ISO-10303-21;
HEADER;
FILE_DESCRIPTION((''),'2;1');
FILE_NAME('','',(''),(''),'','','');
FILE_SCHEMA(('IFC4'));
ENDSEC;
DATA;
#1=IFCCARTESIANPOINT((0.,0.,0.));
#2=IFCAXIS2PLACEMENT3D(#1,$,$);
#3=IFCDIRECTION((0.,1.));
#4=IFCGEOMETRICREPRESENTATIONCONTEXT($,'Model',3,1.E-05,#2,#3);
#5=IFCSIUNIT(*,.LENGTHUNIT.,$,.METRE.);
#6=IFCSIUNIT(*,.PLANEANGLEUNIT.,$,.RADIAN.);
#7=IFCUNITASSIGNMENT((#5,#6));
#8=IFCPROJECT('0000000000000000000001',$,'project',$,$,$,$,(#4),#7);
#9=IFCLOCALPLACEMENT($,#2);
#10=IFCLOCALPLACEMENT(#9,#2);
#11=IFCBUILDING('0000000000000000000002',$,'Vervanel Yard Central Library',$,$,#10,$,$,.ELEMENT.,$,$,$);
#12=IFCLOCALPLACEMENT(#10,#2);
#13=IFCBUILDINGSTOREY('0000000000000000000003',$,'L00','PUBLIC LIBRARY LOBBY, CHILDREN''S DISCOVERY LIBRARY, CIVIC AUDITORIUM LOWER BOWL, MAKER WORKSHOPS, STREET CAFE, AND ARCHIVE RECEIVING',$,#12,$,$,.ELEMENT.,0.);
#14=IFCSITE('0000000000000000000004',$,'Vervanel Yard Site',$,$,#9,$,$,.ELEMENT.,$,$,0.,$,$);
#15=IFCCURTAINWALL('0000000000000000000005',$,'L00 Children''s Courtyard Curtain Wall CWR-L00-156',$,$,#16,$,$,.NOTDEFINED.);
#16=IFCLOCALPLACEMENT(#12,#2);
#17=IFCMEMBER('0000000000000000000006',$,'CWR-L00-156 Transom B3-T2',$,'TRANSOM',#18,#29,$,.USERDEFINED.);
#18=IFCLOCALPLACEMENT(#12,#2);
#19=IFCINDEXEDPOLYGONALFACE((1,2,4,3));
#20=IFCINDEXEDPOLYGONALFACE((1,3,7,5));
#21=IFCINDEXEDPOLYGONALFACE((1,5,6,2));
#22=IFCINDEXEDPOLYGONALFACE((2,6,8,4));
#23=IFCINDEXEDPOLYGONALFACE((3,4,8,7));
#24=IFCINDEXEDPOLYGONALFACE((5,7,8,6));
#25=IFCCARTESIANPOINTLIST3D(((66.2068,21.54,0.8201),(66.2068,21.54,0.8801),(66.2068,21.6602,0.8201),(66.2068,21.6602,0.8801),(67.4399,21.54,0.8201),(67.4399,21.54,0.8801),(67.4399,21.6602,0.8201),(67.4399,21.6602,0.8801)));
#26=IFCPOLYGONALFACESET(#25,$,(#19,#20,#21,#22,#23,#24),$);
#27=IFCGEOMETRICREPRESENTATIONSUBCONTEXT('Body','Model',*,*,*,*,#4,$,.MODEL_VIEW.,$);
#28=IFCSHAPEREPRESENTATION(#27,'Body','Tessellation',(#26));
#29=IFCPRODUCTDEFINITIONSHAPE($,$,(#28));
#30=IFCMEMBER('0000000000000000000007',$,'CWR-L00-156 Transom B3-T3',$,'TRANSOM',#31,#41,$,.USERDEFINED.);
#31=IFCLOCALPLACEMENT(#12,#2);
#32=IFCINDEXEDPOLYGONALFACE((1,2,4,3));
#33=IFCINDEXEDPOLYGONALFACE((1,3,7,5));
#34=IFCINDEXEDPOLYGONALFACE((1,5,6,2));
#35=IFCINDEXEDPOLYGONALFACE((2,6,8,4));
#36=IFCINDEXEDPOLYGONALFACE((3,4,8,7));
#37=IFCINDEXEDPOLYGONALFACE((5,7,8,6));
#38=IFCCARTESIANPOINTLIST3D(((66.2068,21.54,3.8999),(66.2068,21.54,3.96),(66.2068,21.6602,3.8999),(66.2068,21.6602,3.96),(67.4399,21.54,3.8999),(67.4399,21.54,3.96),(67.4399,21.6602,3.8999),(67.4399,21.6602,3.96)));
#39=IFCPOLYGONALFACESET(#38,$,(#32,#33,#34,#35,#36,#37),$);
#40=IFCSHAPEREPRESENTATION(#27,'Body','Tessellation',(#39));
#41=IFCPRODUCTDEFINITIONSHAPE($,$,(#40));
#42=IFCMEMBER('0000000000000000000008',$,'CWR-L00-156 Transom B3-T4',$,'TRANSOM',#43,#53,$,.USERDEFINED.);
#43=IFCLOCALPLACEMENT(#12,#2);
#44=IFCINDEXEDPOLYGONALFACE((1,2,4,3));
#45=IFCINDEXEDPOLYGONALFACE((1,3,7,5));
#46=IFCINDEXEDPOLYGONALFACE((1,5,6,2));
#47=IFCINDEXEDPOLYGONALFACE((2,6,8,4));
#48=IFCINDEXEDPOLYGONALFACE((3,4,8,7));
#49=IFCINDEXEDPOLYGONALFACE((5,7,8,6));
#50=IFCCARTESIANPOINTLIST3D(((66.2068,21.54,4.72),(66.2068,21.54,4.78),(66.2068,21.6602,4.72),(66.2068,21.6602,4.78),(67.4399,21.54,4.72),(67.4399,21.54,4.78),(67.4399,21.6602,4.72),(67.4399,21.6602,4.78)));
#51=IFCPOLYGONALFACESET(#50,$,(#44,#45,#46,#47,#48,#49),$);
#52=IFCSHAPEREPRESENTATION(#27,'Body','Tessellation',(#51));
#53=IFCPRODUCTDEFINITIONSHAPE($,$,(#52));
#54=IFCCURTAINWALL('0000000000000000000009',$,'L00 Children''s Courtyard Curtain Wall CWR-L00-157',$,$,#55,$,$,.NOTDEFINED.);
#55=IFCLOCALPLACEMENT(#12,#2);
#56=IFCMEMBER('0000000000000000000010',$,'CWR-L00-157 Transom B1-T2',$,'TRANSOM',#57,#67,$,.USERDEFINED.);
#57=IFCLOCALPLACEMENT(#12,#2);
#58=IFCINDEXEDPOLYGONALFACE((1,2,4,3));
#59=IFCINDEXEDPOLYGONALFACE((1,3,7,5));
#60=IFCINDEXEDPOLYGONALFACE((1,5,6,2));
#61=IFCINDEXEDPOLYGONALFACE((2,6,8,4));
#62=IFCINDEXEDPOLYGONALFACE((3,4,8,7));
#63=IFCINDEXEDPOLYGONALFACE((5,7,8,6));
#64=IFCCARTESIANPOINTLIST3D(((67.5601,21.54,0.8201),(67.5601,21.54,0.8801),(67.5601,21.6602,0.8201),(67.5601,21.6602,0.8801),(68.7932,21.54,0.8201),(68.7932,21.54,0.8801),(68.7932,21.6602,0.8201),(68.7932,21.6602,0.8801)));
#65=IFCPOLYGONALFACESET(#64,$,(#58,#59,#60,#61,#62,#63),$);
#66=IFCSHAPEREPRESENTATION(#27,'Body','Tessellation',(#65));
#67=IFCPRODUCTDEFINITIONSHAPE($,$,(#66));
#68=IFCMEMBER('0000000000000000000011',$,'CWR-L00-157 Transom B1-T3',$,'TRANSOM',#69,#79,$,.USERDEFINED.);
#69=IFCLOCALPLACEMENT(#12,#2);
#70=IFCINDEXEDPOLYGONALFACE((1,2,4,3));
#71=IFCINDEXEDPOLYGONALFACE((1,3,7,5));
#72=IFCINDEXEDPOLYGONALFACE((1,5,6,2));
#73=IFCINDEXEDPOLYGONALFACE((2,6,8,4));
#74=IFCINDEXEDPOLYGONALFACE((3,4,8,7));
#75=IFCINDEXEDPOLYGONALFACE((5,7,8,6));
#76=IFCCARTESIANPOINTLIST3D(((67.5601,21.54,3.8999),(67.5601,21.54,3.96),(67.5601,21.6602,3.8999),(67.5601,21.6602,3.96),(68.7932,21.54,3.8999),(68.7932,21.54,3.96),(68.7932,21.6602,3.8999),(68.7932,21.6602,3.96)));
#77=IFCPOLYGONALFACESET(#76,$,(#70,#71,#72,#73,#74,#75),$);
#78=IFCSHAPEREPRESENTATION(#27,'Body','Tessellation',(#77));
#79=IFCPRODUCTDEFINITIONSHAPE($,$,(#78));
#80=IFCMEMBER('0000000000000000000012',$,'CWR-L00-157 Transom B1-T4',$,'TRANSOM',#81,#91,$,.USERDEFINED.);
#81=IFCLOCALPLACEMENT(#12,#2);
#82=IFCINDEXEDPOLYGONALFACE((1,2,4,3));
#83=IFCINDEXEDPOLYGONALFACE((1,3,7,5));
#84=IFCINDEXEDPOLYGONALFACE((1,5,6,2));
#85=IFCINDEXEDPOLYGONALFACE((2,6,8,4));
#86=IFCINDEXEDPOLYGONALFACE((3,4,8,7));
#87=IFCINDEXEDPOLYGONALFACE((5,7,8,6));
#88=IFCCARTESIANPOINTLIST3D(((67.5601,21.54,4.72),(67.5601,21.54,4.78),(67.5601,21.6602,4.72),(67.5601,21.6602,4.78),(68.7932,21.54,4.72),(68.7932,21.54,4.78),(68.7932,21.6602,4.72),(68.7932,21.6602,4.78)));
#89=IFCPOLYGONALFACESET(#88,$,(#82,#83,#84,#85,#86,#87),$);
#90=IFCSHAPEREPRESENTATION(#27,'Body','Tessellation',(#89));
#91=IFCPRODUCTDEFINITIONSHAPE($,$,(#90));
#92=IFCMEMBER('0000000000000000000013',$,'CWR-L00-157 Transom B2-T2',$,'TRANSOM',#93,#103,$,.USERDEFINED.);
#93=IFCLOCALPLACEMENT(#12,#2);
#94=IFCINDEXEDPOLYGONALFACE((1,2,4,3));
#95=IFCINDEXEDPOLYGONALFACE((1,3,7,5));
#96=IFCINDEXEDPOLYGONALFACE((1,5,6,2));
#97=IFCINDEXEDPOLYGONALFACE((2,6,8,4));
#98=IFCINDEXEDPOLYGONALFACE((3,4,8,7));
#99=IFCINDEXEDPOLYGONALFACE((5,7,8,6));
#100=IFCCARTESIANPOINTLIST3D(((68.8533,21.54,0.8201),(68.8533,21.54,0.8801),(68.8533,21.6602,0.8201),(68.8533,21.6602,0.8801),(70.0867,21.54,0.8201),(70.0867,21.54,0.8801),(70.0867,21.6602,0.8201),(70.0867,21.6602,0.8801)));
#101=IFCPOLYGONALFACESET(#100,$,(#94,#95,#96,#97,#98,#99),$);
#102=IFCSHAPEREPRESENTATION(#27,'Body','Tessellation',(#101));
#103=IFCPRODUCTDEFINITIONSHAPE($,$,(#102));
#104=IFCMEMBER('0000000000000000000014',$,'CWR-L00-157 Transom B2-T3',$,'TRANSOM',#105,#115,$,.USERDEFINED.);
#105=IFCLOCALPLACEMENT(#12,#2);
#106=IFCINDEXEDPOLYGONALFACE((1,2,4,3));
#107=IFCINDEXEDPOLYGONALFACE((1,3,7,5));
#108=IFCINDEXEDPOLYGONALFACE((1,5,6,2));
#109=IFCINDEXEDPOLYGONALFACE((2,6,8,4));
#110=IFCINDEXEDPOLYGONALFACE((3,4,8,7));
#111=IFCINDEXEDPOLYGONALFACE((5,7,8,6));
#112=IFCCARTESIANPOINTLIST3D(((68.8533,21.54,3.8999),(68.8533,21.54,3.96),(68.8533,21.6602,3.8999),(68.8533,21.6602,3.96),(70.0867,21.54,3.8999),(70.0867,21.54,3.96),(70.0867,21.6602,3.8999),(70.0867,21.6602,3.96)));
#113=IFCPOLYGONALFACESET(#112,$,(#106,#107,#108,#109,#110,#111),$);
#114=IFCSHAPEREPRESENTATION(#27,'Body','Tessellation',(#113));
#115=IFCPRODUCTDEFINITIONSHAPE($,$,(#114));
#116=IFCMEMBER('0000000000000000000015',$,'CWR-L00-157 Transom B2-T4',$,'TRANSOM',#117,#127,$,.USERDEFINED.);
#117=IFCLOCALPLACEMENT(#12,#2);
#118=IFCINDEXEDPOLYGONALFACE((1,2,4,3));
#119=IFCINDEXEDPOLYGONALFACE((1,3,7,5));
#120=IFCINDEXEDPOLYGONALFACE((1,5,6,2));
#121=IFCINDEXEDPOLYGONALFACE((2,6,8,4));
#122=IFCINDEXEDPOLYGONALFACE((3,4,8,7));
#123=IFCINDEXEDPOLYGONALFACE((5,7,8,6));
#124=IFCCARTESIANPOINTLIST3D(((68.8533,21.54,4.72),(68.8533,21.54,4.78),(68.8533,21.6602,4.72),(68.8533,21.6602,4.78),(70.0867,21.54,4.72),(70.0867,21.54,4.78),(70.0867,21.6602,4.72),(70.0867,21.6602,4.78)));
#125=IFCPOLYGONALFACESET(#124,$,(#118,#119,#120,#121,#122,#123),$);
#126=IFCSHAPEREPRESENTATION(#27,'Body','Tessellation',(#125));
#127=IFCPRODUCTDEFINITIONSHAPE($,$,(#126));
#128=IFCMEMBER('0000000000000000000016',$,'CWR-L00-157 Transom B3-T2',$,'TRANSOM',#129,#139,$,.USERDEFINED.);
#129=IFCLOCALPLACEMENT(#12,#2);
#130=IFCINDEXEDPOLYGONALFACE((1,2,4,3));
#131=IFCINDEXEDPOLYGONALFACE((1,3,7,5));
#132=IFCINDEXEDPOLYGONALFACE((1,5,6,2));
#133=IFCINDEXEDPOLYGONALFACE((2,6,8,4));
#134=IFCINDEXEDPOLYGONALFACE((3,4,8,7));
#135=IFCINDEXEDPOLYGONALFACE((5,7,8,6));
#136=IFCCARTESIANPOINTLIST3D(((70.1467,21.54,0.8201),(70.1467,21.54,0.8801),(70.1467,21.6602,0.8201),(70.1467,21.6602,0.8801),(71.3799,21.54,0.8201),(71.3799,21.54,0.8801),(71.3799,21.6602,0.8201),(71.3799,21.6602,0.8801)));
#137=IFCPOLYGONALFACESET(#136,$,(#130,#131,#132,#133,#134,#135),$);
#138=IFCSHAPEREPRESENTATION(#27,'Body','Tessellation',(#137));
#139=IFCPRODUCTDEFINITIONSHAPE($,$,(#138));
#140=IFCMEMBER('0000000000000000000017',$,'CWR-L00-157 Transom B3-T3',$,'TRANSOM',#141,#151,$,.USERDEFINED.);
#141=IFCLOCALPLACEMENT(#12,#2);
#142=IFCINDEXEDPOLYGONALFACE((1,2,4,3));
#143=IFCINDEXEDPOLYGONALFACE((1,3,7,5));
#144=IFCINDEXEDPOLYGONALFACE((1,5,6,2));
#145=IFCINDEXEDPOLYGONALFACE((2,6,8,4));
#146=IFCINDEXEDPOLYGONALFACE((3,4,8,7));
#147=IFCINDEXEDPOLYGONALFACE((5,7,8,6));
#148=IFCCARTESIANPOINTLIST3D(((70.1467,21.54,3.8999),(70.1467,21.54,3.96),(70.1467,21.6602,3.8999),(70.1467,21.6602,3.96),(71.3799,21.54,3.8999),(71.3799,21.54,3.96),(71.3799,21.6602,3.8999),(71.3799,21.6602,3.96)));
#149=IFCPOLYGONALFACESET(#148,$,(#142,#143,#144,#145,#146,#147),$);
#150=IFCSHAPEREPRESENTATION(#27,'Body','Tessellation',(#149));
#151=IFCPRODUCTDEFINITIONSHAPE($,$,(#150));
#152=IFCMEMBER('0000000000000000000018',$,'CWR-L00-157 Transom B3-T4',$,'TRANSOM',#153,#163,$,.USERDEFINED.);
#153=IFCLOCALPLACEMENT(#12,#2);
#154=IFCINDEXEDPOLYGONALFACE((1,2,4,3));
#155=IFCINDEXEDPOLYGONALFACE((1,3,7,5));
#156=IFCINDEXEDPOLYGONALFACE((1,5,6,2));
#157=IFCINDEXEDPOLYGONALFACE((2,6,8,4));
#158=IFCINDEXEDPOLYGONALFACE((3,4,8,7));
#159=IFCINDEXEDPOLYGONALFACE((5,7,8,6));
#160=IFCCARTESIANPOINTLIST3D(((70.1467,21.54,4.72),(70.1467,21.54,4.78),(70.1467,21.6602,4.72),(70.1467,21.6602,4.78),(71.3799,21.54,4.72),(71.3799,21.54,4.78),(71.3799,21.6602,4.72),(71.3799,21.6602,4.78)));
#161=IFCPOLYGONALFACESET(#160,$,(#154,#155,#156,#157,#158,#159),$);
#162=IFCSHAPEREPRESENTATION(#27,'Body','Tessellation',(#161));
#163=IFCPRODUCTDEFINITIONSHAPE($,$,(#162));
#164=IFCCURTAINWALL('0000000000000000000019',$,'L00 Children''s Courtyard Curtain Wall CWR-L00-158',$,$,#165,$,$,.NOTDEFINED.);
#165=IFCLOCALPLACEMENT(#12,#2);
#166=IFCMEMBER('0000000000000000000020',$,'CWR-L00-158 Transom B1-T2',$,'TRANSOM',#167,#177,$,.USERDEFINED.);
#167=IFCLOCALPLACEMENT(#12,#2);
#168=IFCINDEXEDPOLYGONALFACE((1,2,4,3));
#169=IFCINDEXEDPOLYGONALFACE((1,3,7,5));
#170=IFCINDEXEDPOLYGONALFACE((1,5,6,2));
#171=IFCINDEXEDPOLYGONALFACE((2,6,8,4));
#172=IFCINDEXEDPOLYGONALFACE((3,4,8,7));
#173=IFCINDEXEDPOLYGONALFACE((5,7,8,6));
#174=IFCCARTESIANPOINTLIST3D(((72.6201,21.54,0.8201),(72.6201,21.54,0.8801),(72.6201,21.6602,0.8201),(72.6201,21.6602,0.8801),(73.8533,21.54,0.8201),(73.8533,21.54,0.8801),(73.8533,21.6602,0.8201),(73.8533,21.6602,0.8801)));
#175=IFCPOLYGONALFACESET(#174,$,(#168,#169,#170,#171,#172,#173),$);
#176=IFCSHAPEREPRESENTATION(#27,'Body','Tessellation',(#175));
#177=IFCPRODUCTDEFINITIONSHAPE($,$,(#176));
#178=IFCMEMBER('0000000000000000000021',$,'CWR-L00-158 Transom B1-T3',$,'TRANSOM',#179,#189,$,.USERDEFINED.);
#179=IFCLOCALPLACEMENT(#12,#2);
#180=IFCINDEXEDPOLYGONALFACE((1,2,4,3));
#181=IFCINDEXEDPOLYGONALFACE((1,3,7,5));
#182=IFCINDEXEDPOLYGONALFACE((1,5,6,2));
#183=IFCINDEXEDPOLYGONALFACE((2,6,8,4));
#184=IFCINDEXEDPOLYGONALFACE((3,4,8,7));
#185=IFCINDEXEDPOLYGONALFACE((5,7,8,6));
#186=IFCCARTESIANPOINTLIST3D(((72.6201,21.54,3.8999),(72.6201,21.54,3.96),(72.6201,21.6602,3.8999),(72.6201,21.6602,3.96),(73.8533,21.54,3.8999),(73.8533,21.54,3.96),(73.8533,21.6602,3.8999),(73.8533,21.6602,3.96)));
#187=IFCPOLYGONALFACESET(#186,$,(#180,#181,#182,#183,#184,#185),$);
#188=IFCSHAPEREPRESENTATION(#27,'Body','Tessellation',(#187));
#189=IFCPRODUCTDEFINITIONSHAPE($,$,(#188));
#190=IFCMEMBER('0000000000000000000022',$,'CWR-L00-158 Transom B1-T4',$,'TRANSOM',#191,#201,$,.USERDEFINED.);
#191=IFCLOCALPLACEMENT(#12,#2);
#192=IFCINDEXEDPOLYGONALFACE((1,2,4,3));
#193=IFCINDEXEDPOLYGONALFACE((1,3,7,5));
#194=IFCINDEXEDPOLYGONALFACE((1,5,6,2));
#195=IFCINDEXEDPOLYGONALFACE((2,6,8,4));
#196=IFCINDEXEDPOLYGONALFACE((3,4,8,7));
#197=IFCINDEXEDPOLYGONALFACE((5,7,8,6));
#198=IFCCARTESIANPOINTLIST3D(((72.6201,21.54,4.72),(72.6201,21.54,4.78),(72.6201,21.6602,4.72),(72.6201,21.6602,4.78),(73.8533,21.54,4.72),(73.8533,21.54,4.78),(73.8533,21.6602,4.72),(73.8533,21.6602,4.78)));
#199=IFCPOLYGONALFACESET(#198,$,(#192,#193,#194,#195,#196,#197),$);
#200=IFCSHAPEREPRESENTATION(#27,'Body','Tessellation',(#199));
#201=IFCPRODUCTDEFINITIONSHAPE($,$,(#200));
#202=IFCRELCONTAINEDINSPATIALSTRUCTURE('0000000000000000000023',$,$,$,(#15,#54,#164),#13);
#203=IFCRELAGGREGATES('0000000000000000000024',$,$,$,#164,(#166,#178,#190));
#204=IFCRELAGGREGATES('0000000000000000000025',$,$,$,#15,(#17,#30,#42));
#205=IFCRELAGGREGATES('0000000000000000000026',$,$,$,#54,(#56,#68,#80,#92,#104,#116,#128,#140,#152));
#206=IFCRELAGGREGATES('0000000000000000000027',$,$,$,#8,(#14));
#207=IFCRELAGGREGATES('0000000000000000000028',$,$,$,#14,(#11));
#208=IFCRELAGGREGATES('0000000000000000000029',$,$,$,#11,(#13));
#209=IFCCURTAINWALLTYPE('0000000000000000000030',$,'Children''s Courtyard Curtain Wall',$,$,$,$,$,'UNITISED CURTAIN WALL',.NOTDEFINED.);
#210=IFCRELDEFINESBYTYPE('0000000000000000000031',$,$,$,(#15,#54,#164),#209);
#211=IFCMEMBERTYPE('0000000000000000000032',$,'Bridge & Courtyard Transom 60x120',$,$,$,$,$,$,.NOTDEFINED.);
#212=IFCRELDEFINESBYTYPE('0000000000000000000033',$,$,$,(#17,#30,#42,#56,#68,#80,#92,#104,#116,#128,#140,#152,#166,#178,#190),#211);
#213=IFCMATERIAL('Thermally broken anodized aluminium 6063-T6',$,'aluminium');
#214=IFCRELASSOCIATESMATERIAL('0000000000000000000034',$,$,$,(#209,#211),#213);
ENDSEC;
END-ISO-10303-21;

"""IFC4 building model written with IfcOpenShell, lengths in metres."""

from ifc_helpers import new_model, si_unit, direction, frame, origin, origin_2d, place, context, subcontext, project, spatial, rectangle, extrude, material, material_profile, profile_set, type_object, element, aggregate, save


model = new_model("IFC4")

# Units and contexts
model_context = context("Model", 3, precision=1e-05, world=origin(), true_north=direction((0.0, 1.0)))
body_context = subcontext(model_context, "Body", "Model", "MODEL_VIEW")
ifc_project = project(units=[si_unit("LENGTHUNIT", "METRE"), si_unit("PLANEANGLEUNIT", "RADIAN")], contexts=[model_context])

# Site, building, storey
site_placement = place(None, origin())
site = spatial("IfcSite", under=ifc_project, at=site_placement, Name="Vervanel Yard Site", CompositionType="ELEMENT", RefElevation=0.0)
building_placement = place(site_placement, origin())
building = spatial("IfcBuilding", under=site, at=building_placement, Name="Vervanel Yard Central Library", CompositionType="ELEMENT")
storey_placement = place(building_placement, origin())
storey = spatial("IfcBuildingStorey", under=building, at=storey_placement, Name="L00", Description="PUBLIC LIBRARY LOBBY, CHILDREN'S DISCOVERY LIBRARY, CIVIC AUDITORIUM LOWER BOWL, MAKER WORKSHOPS, STREET CAFE, AND ARCHIVE RECEIVING", CompositionType="ELEMENT", Elevation=0.0)

# Curtain walls, members
ifc_material_1 = material(Name="Thermally broken anodized aluminium 6063-T6", Category="aluminium")
curtain_wall_type = type_object("IfcCurtainWallType", Name="Children's Courtyard Curtain Wall", ElementType="UNITISED CURTAIN WALL", PredefinedType="NOTDEFINED", material=ifc_material_1)
curtain_wall_1_placement = place(storey_placement, origin())
curtain_wall_1 = element("IfcCurtainWall", 1, at=curtain_wall_1_placement, inside=storey, type_object=curtain_wall_type, Name="L00 Children's Courtyard Curtain Wall CWR-L00-156", PredefinedType="NOTDEFINED")
ifc_material_profile = material_profile(ifc_material_1, rectangle(XDim=0.0601, YDim=0.1201, at=origin_2d()), Name="ALU 60x120", Category="aluminium")
ifc_profile_set = profile_set([ifc_material_profile], Name="Thermally broken anodized aluminium 6063-T6")
member_type = type_object("IfcMemberType", Name="Bridge & Courtyard Transom 60x120", PredefinedType="NOTDEFINED", material=ifc_profile_set)
member_1_placement = place(storey_placement, frame((66.2068, 21.6001, 0.8501), z_axis=(1.0, 0.0, 0.0), x_axis=(0.0, 0.0, 1.0)))
member_1 = element("IfcMember", 2, at=member_1_placement, type_object=member_type, Name="CWR-L00-156 Transom B3-T2", ObjectType="TRANSOM", PredefinedType="USERDEFINED", context=body_context, shape_type="SweptSolid", body=[
    extrude(rectangle(XDim=0.0601, YDim=0.1201, at=origin_2d()), origin(), (0.0, 0.0, 1.0), 1.2332),
])
member_2_placement = place(storey_placement, frame((66.2068, 21.6001, 3.9299), z_axis=(1.0, 0.0, 0.0), x_axis=(0.0, 0.0, 1.0)))
member_2 = element("IfcMember", 3, at=member_2_placement, type_object=member_type, Name="CWR-L00-156 Transom B3-T3", ObjectType="TRANSOM", PredefinedType="USERDEFINED", context=body_context, shape_type="SweptSolid", body=[
    extrude(rectangle(XDim=0.0601, YDim=0.1201, at=origin_2d()), origin(), (0.0, 0.0, 1.0), 1.2332),
])
member_3_placement = place(storey_placement, frame((66.2068, 21.6001, 4.75), z_axis=(1.0, 0.0, 0.0), x_axis=(0.0, 0.0, 1.0)))
member_3 = element("IfcMember", 4, at=member_3_placement, type_object=member_type, Name="CWR-L00-156 Transom B3-T4", ObjectType="TRANSOM", PredefinedType="USERDEFINED", context=body_context, shape_type="SweptSolid", body=[
    extrude(rectangle(XDim=0.0601, YDim=0.1201, at=origin_2d()), origin(), (0.0, 0.0, 1.0), 1.2332),
])
curtain_wall_2_placement = place(storey_placement, origin())
curtain_wall_2 = element("IfcCurtainWall", 5, at=curtain_wall_2_placement, inside=storey, type_object=curtain_wall_type, Name="L00 Children's Courtyard Curtain Wall CWR-L00-157", PredefinedType="NOTDEFINED")
member_4_placement = place(storey_placement, frame((67.5601, 21.6001, 0.8501), z_axis=(1.0, 0.0, 0.0), x_axis=(0.0, 0.0, 1.0)))
member_4 = element("IfcMember", 6, at=member_4_placement, type_object=member_type, Name="CWR-L00-157 Transom B1-T2", ObjectType="TRANSOM", PredefinedType="USERDEFINED", context=body_context, shape_type="SweptSolid", body=[
    extrude(rectangle(XDim=0.0601, YDim=0.1201, at=origin_2d()), origin(), (0.0, 0.0, 1.0), 1.2332),
])
member_5_placement = place(storey_placement, frame((67.5601, 21.6001, 3.9299), z_axis=(1.0, 0.0, 0.0), x_axis=(0.0, 0.0, 1.0)))
member_5 = element("IfcMember", 7, at=member_5_placement, type_object=member_type, Name="CWR-L00-157 Transom B1-T3", ObjectType="TRANSOM", PredefinedType="USERDEFINED", context=body_context, shape_type="SweptSolid", body=[
    extrude(rectangle(XDim=0.0601, YDim=0.1201, at=origin_2d()), origin(), (0.0, 0.0, 1.0), 1.2332),
])
member_6_placement = place(storey_placement, frame((67.5601, 21.6001, 4.75), z_axis=(1.0, 0.0, 0.0), x_axis=(0.0, 0.0, 1.0)))
member_6 = element("IfcMember", 8, at=member_6_placement, type_object=member_type, Name="CWR-L00-157 Transom B1-T4", ObjectType="TRANSOM", PredefinedType="USERDEFINED", context=body_context, shape_type="SweptSolid", body=[
    extrude(rectangle(XDim=0.0601, YDim=0.1201, at=origin_2d()), origin(), (0.0, 0.0, 1.0), 1.2332),
])
member_7_placement = place(storey_placement, frame((68.8533, 21.6001, 0.8501), z_axis=(1.0, 0.0, 0.0), x_axis=(0.0, 0.0, 1.0)))
member_7 = element("IfcMember", 9, at=member_7_placement, type_object=member_type, Name="CWR-L00-157 Transom B2-T2", ObjectType="TRANSOM", PredefinedType="USERDEFINED", context=body_context, shape_type="SweptSolid", body=[
    extrude(rectangle(XDim=0.0601, YDim=0.1201, at=origin_2d()), origin(), (0.0, 0.0, 1.0), 1.2334),
])
member_8_placement = place(storey_placement, frame((68.8533, 21.6001, 3.9299), z_axis=(1.0, 0.0, 0.0), x_axis=(0.0, 0.0, 1.0)))
member_8 = element("IfcMember", 10, at=member_8_placement, type_object=member_type, Name="CWR-L00-157 Transom B2-T3", ObjectType="TRANSOM", PredefinedType="USERDEFINED", context=body_context, shape_type="SweptSolid", body=[
    extrude(rectangle(XDim=0.0601, YDim=0.1201, at=origin_2d()), origin(), (0.0, 0.0, 1.0), 1.2334),
])
member_9_placement = place(storey_placement, frame((68.8533, 21.6001, 4.75), z_axis=(1.0, 0.0, 0.0), x_axis=(0.0, 0.0, 1.0)))
member_9 = element("IfcMember", 11, at=member_9_placement, type_object=member_type, Name="CWR-L00-157 Transom B2-T4", ObjectType="TRANSOM", PredefinedType="USERDEFINED", context=body_context, shape_type="SweptSolid", body=[
    extrude(rectangle(XDim=0.0601, YDim=0.1201, at=origin_2d()), origin(), (0.0, 0.0, 1.0), 1.2334),
])
member_10_placement = place(storey_placement, frame((70.1467, 21.6001, 0.8501), z_axis=(1.0, 0.0, 0.0), x_axis=(0.0, 0.0, 1.0)))
member_10 = element("IfcMember", 12, at=member_10_placement, type_object=member_type, Name="CWR-L00-157 Transom B3-T2", ObjectType="TRANSOM", PredefinedType="USERDEFINED", context=body_context, shape_type="SweptSolid", body=[
    extrude(rectangle(XDim=0.0601, YDim=0.1201, at=origin_2d()), origin(), (0.0, 0.0, 1.0), 1.2332),
])
member_11_placement = place(storey_placement, frame((70.1467, 21.6001, 3.9299), z_axis=(1.0, 0.0, 0.0), x_axis=(0.0, 0.0, 1.0)))
member_11 = element("IfcMember", 13, at=member_11_placement, type_object=member_type, Name="CWR-L00-157 Transom B3-T3", ObjectType="TRANSOM", PredefinedType="USERDEFINED", context=body_context, shape_type="SweptSolid", body=[
    extrude(rectangle(XDim=0.0601, YDim=0.1201, at=origin_2d()), origin(), (0.0, 0.0, 1.0), 1.2332),
])
member_12_placement = place(storey_placement, frame((70.1467, 21.6001, 4.75), z_axis=(1.0, 0.0, 0.0), x_axis=(0.0, 0.0, 1.0)))
member_12 = element("IfcMember", 14, at=member_12_placement, type_object=member_type, Name="CWR-L00-157 Transom B3-T4", ObjectType="TRANSOM", PredefinedType="USERDEFINED", context=body_context, shape_type="SweptSolid", body=[
    extrude(rectangle(XDim=0.0601, YDim=0.1201, at=origin_2d()), origin(), (0.0, 0.0, 1.0), 1.2332),
])
curtain_wall_3_placement = place(storey_placement, origin())
curtain_wall_3 = element("IfcCurtainWall", 15, at=curtain_wall_3_placement, inside=storey, type_object=curtain_wall_type, Name="L00 Children's Courtyard Curtain Wall CWR-L00-158", PredefinedType="NOTDEFINED")
member_13_placement = place(storey_placement, frame((72.6201, 21.6001, 0.8501), z_axis=(1.0, 0.0, 0.0), x_axis=(0.0, 0.0, 1.0)))
member_13 = element("IfcMember", 16, at=member_13_placement, type_object=member_type, Name="CWR-L00-158 Transom B1-T2", ObjectType="TRANSOM", PredefinedType="USERDEFINED", context=body_context, shape_type="SweptSolid", body=[
    extrude(rectangle(XDim=0.0601, YDim=0.1201, at=origin_2d()), origin(), (0.0, 0.0, 1.0), 1.2332),
])
member_14_placement = place(storey_placement, frame((72.6201, 21.6001, 3.9299), z_axis=(1.0, 0.0, 0.0), x_axis=(0.0, 0.0, 1.0)))
member_14 = element("IfcMember", 17, at=member_14_placement, type_object=member_type, Name="CWR-L00-158 Transom B1-T3", ObjectType="TRANSOM", PredefinedType="USERDEFINED", context=body_context, shape_type="SweptSolid", body=[
    extrude(rectangle(XDim=0.0601, YDim=0.1201, at=origin_2d()), origin(), (0.0, 0.0, 1.0), 1.2332),
])
member_15_placement = place(storey_placement, frame((72.6201, 21.6001, 4.75), z_axis=(1.0, 0.0, 0.0), x_axis=(0.0, 0.0, 1.0)))
member_15 = element("IfcMember", 18, at=member_15_placement, type_object=member_type, Name="CWR-L00-158 Transom B1-T4", ObjectType="TRANSOM", PredefinedType="USERDEFINED", context=body_context, shape_type="SweptSolid", body=[
    extrude(rectangle(XDim=0.0601, YDim=0.1201, at=origin_2d()), origin(), (0.0, 0.0, 1.0), 1.2332),
])
aggregate(curtain_wall_3, [member_13, member_14, member_15])

aggregate(curtain_wall_1, [member_1, member_2, member_3])
aggregate(curtain_wall_2, [member_4, member_5, member_6, member_7, member_8, member_9, member_10, member_11, member_12])

save(model, "model.ifc")
